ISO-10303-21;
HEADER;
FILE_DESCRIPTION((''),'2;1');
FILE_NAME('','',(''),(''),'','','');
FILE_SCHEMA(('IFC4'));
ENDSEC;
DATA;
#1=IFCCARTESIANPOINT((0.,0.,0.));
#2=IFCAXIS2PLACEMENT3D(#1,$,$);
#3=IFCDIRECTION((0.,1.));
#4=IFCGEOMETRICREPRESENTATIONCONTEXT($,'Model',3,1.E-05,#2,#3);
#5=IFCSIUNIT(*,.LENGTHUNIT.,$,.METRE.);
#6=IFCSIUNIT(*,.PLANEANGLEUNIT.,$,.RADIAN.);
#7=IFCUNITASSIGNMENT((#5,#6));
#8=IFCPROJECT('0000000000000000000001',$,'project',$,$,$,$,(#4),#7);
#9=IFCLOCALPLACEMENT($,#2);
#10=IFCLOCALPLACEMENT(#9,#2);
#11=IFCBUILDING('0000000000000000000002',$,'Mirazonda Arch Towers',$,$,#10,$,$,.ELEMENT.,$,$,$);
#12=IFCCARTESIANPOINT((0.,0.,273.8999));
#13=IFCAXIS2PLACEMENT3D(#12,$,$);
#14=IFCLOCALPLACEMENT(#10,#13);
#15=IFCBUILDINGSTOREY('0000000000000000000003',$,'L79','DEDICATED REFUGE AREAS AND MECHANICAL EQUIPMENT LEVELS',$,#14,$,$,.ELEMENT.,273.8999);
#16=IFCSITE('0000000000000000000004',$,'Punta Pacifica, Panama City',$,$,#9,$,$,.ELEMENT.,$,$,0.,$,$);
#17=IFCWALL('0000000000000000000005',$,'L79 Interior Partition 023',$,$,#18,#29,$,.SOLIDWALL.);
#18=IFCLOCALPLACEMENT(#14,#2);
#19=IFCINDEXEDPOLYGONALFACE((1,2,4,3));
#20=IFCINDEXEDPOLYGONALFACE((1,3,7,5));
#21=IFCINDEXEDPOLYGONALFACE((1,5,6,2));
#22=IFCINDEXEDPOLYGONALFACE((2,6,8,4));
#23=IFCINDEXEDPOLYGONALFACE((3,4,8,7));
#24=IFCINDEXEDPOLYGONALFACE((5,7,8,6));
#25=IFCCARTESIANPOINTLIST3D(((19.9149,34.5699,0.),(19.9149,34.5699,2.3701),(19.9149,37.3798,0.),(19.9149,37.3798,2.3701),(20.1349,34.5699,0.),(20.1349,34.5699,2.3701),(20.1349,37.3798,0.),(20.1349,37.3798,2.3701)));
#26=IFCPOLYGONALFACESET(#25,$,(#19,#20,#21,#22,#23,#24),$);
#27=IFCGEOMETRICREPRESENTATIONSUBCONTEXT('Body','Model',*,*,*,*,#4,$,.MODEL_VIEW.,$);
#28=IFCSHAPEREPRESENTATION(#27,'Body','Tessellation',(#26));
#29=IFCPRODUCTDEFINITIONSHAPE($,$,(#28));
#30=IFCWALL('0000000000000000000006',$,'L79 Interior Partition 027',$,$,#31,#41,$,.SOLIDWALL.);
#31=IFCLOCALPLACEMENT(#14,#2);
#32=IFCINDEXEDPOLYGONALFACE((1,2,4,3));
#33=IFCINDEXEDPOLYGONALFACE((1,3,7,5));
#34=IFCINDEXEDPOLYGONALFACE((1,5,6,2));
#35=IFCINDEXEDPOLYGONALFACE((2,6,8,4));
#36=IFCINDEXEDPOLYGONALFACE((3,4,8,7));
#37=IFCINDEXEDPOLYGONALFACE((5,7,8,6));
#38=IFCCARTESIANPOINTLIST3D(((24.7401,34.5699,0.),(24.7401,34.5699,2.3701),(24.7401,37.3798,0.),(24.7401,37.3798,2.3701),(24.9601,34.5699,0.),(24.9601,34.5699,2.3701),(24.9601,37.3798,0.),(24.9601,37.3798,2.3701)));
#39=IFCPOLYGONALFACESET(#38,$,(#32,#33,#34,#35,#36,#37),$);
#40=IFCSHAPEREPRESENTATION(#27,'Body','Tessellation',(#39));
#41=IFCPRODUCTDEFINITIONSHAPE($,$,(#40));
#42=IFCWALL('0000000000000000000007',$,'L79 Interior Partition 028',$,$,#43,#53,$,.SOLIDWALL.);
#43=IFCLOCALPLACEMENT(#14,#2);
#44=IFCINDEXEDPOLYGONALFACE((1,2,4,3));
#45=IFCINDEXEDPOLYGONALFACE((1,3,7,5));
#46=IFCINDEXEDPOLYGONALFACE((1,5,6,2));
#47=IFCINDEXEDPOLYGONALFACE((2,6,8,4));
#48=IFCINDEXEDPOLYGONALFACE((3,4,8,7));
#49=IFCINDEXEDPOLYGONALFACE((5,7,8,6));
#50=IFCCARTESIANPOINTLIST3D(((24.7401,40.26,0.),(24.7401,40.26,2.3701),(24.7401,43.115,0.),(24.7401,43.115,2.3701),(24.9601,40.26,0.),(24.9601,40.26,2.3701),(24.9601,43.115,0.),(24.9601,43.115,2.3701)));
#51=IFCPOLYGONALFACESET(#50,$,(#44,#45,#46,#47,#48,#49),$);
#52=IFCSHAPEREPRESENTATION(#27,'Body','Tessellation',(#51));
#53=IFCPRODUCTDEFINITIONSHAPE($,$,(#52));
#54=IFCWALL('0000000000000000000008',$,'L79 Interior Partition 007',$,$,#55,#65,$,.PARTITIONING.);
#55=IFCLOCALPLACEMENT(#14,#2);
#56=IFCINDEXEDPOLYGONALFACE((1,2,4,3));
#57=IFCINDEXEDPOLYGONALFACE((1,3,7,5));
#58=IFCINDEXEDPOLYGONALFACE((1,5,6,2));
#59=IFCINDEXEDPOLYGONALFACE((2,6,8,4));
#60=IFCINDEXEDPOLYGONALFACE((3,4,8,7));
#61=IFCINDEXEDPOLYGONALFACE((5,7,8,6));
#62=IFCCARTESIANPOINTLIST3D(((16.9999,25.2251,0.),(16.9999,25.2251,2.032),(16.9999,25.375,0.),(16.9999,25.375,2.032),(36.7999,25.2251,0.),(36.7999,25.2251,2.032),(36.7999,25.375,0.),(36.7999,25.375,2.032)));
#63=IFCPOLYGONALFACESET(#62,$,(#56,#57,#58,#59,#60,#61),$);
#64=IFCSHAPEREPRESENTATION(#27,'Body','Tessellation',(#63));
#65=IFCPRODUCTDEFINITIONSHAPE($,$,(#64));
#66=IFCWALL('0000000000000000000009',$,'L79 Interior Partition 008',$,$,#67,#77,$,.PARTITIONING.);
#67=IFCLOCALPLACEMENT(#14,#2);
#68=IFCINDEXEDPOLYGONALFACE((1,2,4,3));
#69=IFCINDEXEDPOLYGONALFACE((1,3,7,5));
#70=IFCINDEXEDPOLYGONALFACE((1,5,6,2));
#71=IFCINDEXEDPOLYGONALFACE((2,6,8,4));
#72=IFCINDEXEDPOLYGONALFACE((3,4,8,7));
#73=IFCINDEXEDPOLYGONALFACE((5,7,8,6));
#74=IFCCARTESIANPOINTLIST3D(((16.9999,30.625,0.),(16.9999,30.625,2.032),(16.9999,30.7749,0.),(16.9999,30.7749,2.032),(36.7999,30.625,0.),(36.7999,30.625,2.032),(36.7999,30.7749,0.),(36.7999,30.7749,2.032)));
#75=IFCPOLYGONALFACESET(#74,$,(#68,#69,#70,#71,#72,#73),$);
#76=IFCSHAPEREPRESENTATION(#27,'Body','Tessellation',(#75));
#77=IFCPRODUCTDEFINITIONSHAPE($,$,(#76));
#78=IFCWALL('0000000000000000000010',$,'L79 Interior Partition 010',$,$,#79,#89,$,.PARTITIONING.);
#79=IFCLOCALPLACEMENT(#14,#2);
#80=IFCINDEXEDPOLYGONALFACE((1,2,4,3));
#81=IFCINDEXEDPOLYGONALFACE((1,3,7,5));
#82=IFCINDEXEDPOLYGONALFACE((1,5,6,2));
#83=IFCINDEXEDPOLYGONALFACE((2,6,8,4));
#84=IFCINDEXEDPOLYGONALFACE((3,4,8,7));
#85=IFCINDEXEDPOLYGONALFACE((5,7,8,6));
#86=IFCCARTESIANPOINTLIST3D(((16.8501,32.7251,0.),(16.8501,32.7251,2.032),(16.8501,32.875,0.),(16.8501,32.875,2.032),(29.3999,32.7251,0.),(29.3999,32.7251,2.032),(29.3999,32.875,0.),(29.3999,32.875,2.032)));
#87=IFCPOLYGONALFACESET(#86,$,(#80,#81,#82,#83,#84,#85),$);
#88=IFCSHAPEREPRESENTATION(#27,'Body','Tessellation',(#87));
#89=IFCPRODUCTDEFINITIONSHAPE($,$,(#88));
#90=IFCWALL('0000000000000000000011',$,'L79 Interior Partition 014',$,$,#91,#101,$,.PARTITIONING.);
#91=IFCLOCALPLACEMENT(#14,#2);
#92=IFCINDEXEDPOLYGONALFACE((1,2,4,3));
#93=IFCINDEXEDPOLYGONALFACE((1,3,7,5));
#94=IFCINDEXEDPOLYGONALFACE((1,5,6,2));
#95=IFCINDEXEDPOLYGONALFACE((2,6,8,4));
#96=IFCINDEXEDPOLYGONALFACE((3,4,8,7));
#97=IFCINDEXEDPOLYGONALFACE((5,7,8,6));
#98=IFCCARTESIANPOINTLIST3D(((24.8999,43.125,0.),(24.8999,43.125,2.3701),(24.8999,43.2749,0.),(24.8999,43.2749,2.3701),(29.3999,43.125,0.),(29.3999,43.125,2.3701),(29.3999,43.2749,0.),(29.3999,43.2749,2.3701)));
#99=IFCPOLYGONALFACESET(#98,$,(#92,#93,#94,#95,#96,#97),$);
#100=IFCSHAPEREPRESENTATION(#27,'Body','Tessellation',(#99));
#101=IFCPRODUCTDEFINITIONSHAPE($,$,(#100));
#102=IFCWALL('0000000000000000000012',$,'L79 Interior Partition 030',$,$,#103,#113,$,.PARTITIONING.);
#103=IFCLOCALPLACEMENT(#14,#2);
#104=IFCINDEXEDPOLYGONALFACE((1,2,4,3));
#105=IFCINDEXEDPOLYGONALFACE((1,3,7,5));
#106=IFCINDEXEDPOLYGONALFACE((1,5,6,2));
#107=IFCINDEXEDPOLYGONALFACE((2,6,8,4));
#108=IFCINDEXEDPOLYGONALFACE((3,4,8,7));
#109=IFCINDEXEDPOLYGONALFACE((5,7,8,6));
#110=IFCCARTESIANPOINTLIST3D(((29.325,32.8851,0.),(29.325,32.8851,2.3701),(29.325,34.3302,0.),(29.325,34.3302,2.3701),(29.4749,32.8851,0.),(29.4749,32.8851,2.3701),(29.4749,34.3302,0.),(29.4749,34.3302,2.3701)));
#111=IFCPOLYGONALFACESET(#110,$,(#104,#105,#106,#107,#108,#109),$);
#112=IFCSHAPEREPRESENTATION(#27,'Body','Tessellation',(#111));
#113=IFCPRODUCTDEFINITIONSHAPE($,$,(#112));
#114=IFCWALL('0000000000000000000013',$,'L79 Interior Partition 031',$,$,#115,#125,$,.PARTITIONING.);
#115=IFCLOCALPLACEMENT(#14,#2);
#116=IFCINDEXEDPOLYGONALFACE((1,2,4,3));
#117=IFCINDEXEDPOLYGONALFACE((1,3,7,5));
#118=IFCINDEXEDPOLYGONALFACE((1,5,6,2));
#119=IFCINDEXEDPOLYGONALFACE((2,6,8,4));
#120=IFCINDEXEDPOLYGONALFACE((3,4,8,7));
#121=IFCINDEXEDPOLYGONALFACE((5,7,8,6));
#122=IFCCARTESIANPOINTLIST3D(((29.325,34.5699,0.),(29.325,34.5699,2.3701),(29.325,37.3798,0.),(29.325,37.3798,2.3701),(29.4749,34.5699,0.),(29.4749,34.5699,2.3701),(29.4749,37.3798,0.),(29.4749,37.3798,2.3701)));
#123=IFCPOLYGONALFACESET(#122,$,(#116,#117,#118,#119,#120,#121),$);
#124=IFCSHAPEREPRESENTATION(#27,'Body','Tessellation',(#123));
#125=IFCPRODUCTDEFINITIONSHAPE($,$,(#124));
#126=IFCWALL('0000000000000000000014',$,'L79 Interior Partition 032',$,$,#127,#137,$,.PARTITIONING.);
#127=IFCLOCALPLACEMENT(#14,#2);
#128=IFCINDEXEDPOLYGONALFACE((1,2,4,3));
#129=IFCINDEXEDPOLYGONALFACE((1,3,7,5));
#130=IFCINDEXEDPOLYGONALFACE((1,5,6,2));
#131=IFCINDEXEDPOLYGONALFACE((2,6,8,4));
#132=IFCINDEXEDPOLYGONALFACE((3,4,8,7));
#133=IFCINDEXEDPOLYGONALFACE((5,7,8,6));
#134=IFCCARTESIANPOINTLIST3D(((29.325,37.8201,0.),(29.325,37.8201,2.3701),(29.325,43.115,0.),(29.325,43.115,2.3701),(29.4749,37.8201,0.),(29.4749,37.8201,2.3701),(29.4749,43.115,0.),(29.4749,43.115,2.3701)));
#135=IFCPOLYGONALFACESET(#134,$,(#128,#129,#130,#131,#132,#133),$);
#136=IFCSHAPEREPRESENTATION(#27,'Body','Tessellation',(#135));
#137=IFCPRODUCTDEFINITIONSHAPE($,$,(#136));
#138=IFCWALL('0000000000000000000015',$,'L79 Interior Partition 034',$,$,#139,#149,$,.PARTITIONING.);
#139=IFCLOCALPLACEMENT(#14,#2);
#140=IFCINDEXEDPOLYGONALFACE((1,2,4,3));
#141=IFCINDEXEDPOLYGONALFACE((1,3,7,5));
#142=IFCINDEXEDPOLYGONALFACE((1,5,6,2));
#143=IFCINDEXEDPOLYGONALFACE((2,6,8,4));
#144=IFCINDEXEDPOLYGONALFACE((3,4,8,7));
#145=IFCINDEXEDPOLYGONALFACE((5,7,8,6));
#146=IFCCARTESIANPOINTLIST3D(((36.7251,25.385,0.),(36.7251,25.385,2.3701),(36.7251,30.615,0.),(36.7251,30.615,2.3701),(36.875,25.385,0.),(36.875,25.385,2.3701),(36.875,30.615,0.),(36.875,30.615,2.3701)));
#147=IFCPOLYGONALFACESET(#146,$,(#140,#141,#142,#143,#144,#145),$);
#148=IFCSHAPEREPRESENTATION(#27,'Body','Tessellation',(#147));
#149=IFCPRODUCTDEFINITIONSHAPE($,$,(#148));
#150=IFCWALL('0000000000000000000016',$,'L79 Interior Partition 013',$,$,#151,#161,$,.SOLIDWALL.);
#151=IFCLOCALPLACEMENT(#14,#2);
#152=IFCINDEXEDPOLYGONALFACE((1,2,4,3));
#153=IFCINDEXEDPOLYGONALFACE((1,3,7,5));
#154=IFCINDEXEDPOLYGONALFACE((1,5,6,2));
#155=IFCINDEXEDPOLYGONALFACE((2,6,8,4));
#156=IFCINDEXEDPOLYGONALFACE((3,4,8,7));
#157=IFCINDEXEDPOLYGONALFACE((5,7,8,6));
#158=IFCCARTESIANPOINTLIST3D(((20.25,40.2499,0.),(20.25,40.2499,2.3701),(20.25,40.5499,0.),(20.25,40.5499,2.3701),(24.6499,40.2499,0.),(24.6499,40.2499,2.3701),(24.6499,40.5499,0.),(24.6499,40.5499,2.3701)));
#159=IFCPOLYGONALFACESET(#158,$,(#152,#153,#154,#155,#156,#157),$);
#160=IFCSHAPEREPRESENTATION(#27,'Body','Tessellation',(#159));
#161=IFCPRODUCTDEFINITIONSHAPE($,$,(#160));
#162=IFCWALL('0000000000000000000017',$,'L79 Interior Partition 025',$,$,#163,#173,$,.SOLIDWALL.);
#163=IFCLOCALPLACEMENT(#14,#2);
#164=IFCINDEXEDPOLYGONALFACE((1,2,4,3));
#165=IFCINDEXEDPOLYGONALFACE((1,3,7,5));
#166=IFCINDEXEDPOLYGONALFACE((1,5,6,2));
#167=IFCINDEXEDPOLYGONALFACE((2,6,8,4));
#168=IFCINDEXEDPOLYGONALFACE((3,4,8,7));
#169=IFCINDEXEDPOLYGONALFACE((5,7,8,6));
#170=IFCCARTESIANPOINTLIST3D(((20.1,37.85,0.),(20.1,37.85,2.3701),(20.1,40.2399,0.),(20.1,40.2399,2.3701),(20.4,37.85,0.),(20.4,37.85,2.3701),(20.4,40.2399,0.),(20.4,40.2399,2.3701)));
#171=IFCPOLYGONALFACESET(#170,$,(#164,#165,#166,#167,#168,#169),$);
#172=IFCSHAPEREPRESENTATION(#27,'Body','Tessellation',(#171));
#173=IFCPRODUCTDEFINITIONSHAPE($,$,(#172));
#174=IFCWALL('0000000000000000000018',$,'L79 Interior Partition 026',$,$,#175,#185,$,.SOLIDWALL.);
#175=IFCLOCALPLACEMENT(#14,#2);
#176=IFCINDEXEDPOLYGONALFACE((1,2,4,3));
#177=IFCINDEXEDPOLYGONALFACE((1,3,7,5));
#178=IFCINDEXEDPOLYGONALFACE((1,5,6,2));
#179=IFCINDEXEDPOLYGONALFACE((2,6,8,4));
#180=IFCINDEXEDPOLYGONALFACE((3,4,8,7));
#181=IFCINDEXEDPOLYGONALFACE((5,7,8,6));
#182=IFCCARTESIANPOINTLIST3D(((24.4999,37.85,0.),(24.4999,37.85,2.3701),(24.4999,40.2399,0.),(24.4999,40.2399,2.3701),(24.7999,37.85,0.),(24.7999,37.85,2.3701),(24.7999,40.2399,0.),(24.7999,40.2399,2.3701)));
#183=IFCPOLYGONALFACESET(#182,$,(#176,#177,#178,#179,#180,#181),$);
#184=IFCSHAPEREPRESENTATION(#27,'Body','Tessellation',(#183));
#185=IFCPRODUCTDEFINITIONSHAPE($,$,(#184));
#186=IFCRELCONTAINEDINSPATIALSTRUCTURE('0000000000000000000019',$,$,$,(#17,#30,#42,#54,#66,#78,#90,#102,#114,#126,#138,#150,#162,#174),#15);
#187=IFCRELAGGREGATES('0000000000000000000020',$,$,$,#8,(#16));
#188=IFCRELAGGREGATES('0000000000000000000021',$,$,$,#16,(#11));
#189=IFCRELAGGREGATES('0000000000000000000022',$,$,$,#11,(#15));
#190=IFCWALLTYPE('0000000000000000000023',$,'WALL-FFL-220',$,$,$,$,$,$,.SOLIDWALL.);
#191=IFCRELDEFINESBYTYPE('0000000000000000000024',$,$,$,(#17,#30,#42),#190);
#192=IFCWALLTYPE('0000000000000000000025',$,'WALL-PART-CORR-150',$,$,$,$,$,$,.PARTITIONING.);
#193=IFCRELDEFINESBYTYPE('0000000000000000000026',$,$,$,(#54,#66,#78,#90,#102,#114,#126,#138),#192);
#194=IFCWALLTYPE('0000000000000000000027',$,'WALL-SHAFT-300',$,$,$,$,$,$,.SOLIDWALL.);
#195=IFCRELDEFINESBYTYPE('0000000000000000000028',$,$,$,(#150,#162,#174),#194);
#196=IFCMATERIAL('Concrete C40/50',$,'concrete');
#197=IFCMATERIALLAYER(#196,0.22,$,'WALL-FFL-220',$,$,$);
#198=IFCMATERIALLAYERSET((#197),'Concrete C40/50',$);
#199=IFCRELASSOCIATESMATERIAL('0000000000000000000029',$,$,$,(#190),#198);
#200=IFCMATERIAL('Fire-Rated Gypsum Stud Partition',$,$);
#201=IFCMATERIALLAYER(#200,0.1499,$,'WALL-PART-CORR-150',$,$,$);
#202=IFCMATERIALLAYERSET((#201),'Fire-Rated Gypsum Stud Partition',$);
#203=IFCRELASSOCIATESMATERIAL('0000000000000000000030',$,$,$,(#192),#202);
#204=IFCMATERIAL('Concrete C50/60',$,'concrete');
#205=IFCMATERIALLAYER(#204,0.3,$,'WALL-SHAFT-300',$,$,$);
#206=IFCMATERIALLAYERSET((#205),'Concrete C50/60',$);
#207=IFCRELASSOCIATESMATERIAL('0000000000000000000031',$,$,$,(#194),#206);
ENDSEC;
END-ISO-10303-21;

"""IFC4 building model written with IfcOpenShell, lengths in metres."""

from ifc_helpers import new_model, si_unit, direction, frame, frame_2d, origin, place, context, subcontext, project, spatial, rectangle, extrude, material, layer, layer_set, type_object, element, save


model = new_model("IFC4")

# Units and contexts
model_context = context("Model", 3, precision=1e-05, world=origin(), true_north=direction((0.0, 1.0)))
body_context = subcontext(model_context, "Body", "Model", "MODEL_VIEW")
ifc_project = project(units=[si_unit("LENGTHUNIT", "METRE"), si_unit("PLANEANGLEUNIT", "RADIAN")], contexts=[model_context])

# Site, building, storey
site_placement = place(None, origin())
site = spatial("IfcSite", under=ifc_project, at=site_placement, Name="Punta Pacifica, Panama City", CompositionType="ELEMENT", RefElevation=0.0)
building_placement = place(site_placement, origin())
building = spatial("IfcBuilding", under=site, at=building_placement, Name="Mirazonda Arch Towers", CompositionType="ELEMENT")
storey_placement = place(building_placement, frame((0.0, 0.0, 273.8999)))
storey = spatial("IfcBuildingStorey", under=building, at=storey_placement, Name="L79", Description="DEDICATED REFUGE AREAS AND MECHANICAL EQUIPMENT LEVELS", CompositionType="ELEMENT", Elevation=273.8999)

# Shared definitions
ifc_material_1 = material(Name="Concrete C50/60", Category="concrete")

# Walls
ifc_material_2 = material(Name="Concrete C40/50", Category="concrete")
ifc_layer_1 = layer(ifc_material_2, 0.22, Name="WALL-FFL-220")
ifc_layer_set_1 = layer_set([ifc_layer_1], Name="Concrete C40/50")
wall_type_1 = type_object("IfcWallType", Name="WALL-FFL-220", PredefinedType="SOLIDWALL", material=ifc_layer_set_1)
for number, where, z_axis, x_axis, name in (
    (1, (20.0249, 34.5701, 0.0), (0.0, 0.0, 1.0), (0.0, 1.0, 0.0), "L79 Interior Partition 023"),
    (2, (24.8501, 34.5701, 0.0), (0.0, 0.0, 1.0), (0.0, 1.0, 0.0), "L79 Interior Partition 027"),
):
    element("IfcWall", number, at=place(storey_placement, frame(where, z_axis=z_axis, x_axis=x_axis)), inside=storey, type_object=wall_type_1, Name=name, PredefinedType="SOLIDWALL", context=body_context, shape_type="SweptSolid", body=[
        extrude(rectangle(XDim=2.8098, YDim=0.22, at=frame_2d((1.4048, 0.0))), origin(), (0.0, 0.0, 1.0), 2.3701),
    ])
wall_1_placement = place(storey_placement, frame((24.8501, 40.26, 0.0), z_axis=(0.0, 0.0, 1.0), x_axis=(0.0, 1.0, 0.0)))
element("IfcWall", 3, at=wall_1_placement, inside=storey, type_object=wall_type_1, Name="L79 Interior Partition 028", PredefinedType="SOLIDWALL", context=body_context, shape_type="SweptSolid", body=[
    extrude(rectangle(XDim=2.855, YDim=0.22, at=frame_2d((1.4275, 0.0))), origin(), (0.0, 0.0, 1.0), 2.3701),
])
ifc_material_3 = material(Name="Fire-Rated Gypsum Stud Partition")
ifc_layer_2 = layer(ifc_material_3, 0.1499, Name="WALL-PART-CORR-150")
ifc_layer_set_2 = layer_set([ifc_layer_2], Name="Fire-Rated Gypsum Stud Partition")
wall_type_2 = type_object("IfcWallType", Name="WALL-PART-CORR-150", PredefinedType="PARTITIONING", material=ifc_layer_set_2)
for number, where, z_axis, x_axis, name in (
    (4, (17.0, 25.3, 0.0), (0.0, 0.0, 1.0), (1.0, 0.0, 0.0), "L79 Interior Partition 007"),
    (5, (17.0, 30.7, 0.0), (0.0, 0.0, 1.0), (1.0, 0.0, 0.0), "L79 Interior Partition 008"),
):
    element("IfcWall", number, at=place(storey_placement, frame(where, z_axis=z_axis, x_axis=x_axis)), inside=storey, type_object=wall_type_2, Name=name, PredefinedType="PARTITIONING", context=body_context, shape_type="SweptSolid", body=[
        extrude(rectangle(XDim=19.8, YDim=0.1499, at=frame_2d((9.8999, 0.0))), origin(), (0.0, 0.0, 1.0), 2.032),
    ])
wall_2_placement = place(storey_placement, frame((16.8501, 32.8, 0.0), z_axis=(0.0, 0.0, 1.0), x_axis=(1.0, 0.0, 0.0)))
element("IfcWall", 6, at=wall_2_placement, inside=storey, type_object=wall_type_2, Name="L79 Interior Partition 010", PredefinedType="PARTITIONING", context=body_context, shape_type="SweptSolid", body=[
    extrude(rectangle(XDim=12.5498, YDim=0.1499, at=frame_2d((6.2749, 0.0))), origin(), (0.0, 0.0, 1.0), 2.032),
])
wall_3_placement = place(storey_placement, frame((24.8999, 43.2, 0.0), z_axis=(0.0, 0.0, 1.0), x_axis=(1.0, 0.0, 0.0)))
element("IfcWall", 7, at=wall_3_placement, inside=storey, type_object=wall_type_2, Name="L79 Interior Partition 014", PredefinedType="PARTITIONING", context=body_context, shape_type="SweptSolid", body=[
    extrude(rectangle(XDim=4.5, YDim=0.1499, at=frame_2d((2.25, 0.0))), origin(), (0.0, 0.0, 1.0), 2.3701),
])
wall_4_placement = place(storey_placement, frame((29.3999, 32.885, 0.0), z_axis=(0.0, 0.0, 1.0), x_axis=(0.0, 1.0, 0.0)))
element("IfcWall", 8, at=wall_4_placement, inside=storey, type_object=wall_type_2, Name="L79 Interior Partition 030", PredefinedType="PARTITIONING", context=body_context, shape_type="SweptSolid", body=[
    extrude(rectangle(XDim=1.4451, YDim=0.1499, at=frame_2d((0.7227, 0.0))), origin(), (0.0, 0.0, 1.0), 2.3701),
])
wall_5_placement = place(storey_placement, frame((29.3999, 34.5701, 0.0), z_axis=(0.0, 0.0, 1.0), x_axis=(0.0, 1.0, 0.0)))
element("IfcWall", 9, at=wall_5_placement, inside=storey, type_object=wall_type_2, Name="L79 Interior Partition 031", PredefinedType="PARTITIONING", context=body_context, shape_type="SweptSolid", body=[
    extrude(rectangle(XDim=2.8098, YDim=0.1499, at=frame_2d((1.4048, 0.0))), origin(), (0.0, 0.0, 1.0), 2.3701),
])
wall_6_placement = place(storey_placement, frame((29.3999, 37.8201, 0.0), z_axis=(0.0, 0.0, 1.0), x_axis=(0.0, 1.0, 0.0)))
element("IfcWall", 10, at=wall_6_placement, inside=storey, type_object=wall_type_2, Name="L79 Interior Partition 032", PredefinedType="PARTITIONING", context=body_context, shape_type="SweptSolid", body=[
    extrude(rectangle(XDim=5.2949, YDim=0.1499, at=frame_2d((2.6475, 0.0))), origin(), (0.0, 0.0, 1.0), 2.3701),
])
wall_7_placement = place(storey_placement, frame((36.8, 25.385, 0.0), z_axis=(0.0, 0.0, 1.0), x_axis=(0.0, 1.0, 0.0)))
element("IfcWall", 11, at=wall_7_placement, inside=storey, type_object=wall_type_2, Name="L79 Interior Partition 034", PredefinedType="PARTITIONING", context=body_context, shape_type="SweptSolid", body=[
    extrude(rectangle(XDim=5.23, YDim=0.1499, at=frame_2d((2.615, 0.0))), origin(), (0.0, 0.0, 1.0), 2.3701),
])
ifc_layer_3 = layer(ifc_material_1, 0.3, Name="WALL-SHAFT-300")
ifc_layer_set_3 = layer_set([ifc_layer_3], Name="Concrete C50/60")
wall_type_3 = type_object("IfcWallType", Name="WALL-SHAFT-300", PredefinedType="SOLIDWALL", material=ifc_layer_set_3)
wall_8_placement = place(storey_placement, frame((20.25, 40.3999, 0.0), z_axis=(0.0, 0.0, 1.0), x_axis=(1.0, 0.0, 0.0)))
element("IfcWall", 12, at=wall_8_placement, inside=storey, type_object=wall_type_3, Name="L79 Interior Partition 013", PredefinedType="SOLIDWALL", context=body_context, shape_type="SweptSolid", body=[
    extrude(rectangle(XDim=4.3999, YDim=0.3, at=frame_2d((2.2, 0.0))), origin(), (0.0, 0.0, 1.0), 2.3701),
])
for number, where, z_axis, x_axis, name in (
    (13, (20.25, 37.8501, 0.0), (0.0, 0.0, 1.0), (0.0, 1.0, 0.0), "L79 Interior Partition 025"),
    (14, (24.6499, 37.8501, 0.0), (0.0, 0.0, 1.0), (0.0, 1.0, 0.0), "L79 Interior Partition 026"),
):
    element("IfcWall", number, at=place(storey_placement, frame(where, z_axis=z_axis, x_axis=x_axis)), inside=storey, type_object=wall_type_3, Name=name, PredefinedType="SOLIDWALL", context=body_context, shape_type="SweptSolid", body=[
        extrude(rectangle(XDim=2.3899, YDim=0.3, at=frame_2d((1.1948, 0.0))), origin(), (0.0, 0.0, 1.0), 2.3701),
    ])

save(model, "model.ifc")
